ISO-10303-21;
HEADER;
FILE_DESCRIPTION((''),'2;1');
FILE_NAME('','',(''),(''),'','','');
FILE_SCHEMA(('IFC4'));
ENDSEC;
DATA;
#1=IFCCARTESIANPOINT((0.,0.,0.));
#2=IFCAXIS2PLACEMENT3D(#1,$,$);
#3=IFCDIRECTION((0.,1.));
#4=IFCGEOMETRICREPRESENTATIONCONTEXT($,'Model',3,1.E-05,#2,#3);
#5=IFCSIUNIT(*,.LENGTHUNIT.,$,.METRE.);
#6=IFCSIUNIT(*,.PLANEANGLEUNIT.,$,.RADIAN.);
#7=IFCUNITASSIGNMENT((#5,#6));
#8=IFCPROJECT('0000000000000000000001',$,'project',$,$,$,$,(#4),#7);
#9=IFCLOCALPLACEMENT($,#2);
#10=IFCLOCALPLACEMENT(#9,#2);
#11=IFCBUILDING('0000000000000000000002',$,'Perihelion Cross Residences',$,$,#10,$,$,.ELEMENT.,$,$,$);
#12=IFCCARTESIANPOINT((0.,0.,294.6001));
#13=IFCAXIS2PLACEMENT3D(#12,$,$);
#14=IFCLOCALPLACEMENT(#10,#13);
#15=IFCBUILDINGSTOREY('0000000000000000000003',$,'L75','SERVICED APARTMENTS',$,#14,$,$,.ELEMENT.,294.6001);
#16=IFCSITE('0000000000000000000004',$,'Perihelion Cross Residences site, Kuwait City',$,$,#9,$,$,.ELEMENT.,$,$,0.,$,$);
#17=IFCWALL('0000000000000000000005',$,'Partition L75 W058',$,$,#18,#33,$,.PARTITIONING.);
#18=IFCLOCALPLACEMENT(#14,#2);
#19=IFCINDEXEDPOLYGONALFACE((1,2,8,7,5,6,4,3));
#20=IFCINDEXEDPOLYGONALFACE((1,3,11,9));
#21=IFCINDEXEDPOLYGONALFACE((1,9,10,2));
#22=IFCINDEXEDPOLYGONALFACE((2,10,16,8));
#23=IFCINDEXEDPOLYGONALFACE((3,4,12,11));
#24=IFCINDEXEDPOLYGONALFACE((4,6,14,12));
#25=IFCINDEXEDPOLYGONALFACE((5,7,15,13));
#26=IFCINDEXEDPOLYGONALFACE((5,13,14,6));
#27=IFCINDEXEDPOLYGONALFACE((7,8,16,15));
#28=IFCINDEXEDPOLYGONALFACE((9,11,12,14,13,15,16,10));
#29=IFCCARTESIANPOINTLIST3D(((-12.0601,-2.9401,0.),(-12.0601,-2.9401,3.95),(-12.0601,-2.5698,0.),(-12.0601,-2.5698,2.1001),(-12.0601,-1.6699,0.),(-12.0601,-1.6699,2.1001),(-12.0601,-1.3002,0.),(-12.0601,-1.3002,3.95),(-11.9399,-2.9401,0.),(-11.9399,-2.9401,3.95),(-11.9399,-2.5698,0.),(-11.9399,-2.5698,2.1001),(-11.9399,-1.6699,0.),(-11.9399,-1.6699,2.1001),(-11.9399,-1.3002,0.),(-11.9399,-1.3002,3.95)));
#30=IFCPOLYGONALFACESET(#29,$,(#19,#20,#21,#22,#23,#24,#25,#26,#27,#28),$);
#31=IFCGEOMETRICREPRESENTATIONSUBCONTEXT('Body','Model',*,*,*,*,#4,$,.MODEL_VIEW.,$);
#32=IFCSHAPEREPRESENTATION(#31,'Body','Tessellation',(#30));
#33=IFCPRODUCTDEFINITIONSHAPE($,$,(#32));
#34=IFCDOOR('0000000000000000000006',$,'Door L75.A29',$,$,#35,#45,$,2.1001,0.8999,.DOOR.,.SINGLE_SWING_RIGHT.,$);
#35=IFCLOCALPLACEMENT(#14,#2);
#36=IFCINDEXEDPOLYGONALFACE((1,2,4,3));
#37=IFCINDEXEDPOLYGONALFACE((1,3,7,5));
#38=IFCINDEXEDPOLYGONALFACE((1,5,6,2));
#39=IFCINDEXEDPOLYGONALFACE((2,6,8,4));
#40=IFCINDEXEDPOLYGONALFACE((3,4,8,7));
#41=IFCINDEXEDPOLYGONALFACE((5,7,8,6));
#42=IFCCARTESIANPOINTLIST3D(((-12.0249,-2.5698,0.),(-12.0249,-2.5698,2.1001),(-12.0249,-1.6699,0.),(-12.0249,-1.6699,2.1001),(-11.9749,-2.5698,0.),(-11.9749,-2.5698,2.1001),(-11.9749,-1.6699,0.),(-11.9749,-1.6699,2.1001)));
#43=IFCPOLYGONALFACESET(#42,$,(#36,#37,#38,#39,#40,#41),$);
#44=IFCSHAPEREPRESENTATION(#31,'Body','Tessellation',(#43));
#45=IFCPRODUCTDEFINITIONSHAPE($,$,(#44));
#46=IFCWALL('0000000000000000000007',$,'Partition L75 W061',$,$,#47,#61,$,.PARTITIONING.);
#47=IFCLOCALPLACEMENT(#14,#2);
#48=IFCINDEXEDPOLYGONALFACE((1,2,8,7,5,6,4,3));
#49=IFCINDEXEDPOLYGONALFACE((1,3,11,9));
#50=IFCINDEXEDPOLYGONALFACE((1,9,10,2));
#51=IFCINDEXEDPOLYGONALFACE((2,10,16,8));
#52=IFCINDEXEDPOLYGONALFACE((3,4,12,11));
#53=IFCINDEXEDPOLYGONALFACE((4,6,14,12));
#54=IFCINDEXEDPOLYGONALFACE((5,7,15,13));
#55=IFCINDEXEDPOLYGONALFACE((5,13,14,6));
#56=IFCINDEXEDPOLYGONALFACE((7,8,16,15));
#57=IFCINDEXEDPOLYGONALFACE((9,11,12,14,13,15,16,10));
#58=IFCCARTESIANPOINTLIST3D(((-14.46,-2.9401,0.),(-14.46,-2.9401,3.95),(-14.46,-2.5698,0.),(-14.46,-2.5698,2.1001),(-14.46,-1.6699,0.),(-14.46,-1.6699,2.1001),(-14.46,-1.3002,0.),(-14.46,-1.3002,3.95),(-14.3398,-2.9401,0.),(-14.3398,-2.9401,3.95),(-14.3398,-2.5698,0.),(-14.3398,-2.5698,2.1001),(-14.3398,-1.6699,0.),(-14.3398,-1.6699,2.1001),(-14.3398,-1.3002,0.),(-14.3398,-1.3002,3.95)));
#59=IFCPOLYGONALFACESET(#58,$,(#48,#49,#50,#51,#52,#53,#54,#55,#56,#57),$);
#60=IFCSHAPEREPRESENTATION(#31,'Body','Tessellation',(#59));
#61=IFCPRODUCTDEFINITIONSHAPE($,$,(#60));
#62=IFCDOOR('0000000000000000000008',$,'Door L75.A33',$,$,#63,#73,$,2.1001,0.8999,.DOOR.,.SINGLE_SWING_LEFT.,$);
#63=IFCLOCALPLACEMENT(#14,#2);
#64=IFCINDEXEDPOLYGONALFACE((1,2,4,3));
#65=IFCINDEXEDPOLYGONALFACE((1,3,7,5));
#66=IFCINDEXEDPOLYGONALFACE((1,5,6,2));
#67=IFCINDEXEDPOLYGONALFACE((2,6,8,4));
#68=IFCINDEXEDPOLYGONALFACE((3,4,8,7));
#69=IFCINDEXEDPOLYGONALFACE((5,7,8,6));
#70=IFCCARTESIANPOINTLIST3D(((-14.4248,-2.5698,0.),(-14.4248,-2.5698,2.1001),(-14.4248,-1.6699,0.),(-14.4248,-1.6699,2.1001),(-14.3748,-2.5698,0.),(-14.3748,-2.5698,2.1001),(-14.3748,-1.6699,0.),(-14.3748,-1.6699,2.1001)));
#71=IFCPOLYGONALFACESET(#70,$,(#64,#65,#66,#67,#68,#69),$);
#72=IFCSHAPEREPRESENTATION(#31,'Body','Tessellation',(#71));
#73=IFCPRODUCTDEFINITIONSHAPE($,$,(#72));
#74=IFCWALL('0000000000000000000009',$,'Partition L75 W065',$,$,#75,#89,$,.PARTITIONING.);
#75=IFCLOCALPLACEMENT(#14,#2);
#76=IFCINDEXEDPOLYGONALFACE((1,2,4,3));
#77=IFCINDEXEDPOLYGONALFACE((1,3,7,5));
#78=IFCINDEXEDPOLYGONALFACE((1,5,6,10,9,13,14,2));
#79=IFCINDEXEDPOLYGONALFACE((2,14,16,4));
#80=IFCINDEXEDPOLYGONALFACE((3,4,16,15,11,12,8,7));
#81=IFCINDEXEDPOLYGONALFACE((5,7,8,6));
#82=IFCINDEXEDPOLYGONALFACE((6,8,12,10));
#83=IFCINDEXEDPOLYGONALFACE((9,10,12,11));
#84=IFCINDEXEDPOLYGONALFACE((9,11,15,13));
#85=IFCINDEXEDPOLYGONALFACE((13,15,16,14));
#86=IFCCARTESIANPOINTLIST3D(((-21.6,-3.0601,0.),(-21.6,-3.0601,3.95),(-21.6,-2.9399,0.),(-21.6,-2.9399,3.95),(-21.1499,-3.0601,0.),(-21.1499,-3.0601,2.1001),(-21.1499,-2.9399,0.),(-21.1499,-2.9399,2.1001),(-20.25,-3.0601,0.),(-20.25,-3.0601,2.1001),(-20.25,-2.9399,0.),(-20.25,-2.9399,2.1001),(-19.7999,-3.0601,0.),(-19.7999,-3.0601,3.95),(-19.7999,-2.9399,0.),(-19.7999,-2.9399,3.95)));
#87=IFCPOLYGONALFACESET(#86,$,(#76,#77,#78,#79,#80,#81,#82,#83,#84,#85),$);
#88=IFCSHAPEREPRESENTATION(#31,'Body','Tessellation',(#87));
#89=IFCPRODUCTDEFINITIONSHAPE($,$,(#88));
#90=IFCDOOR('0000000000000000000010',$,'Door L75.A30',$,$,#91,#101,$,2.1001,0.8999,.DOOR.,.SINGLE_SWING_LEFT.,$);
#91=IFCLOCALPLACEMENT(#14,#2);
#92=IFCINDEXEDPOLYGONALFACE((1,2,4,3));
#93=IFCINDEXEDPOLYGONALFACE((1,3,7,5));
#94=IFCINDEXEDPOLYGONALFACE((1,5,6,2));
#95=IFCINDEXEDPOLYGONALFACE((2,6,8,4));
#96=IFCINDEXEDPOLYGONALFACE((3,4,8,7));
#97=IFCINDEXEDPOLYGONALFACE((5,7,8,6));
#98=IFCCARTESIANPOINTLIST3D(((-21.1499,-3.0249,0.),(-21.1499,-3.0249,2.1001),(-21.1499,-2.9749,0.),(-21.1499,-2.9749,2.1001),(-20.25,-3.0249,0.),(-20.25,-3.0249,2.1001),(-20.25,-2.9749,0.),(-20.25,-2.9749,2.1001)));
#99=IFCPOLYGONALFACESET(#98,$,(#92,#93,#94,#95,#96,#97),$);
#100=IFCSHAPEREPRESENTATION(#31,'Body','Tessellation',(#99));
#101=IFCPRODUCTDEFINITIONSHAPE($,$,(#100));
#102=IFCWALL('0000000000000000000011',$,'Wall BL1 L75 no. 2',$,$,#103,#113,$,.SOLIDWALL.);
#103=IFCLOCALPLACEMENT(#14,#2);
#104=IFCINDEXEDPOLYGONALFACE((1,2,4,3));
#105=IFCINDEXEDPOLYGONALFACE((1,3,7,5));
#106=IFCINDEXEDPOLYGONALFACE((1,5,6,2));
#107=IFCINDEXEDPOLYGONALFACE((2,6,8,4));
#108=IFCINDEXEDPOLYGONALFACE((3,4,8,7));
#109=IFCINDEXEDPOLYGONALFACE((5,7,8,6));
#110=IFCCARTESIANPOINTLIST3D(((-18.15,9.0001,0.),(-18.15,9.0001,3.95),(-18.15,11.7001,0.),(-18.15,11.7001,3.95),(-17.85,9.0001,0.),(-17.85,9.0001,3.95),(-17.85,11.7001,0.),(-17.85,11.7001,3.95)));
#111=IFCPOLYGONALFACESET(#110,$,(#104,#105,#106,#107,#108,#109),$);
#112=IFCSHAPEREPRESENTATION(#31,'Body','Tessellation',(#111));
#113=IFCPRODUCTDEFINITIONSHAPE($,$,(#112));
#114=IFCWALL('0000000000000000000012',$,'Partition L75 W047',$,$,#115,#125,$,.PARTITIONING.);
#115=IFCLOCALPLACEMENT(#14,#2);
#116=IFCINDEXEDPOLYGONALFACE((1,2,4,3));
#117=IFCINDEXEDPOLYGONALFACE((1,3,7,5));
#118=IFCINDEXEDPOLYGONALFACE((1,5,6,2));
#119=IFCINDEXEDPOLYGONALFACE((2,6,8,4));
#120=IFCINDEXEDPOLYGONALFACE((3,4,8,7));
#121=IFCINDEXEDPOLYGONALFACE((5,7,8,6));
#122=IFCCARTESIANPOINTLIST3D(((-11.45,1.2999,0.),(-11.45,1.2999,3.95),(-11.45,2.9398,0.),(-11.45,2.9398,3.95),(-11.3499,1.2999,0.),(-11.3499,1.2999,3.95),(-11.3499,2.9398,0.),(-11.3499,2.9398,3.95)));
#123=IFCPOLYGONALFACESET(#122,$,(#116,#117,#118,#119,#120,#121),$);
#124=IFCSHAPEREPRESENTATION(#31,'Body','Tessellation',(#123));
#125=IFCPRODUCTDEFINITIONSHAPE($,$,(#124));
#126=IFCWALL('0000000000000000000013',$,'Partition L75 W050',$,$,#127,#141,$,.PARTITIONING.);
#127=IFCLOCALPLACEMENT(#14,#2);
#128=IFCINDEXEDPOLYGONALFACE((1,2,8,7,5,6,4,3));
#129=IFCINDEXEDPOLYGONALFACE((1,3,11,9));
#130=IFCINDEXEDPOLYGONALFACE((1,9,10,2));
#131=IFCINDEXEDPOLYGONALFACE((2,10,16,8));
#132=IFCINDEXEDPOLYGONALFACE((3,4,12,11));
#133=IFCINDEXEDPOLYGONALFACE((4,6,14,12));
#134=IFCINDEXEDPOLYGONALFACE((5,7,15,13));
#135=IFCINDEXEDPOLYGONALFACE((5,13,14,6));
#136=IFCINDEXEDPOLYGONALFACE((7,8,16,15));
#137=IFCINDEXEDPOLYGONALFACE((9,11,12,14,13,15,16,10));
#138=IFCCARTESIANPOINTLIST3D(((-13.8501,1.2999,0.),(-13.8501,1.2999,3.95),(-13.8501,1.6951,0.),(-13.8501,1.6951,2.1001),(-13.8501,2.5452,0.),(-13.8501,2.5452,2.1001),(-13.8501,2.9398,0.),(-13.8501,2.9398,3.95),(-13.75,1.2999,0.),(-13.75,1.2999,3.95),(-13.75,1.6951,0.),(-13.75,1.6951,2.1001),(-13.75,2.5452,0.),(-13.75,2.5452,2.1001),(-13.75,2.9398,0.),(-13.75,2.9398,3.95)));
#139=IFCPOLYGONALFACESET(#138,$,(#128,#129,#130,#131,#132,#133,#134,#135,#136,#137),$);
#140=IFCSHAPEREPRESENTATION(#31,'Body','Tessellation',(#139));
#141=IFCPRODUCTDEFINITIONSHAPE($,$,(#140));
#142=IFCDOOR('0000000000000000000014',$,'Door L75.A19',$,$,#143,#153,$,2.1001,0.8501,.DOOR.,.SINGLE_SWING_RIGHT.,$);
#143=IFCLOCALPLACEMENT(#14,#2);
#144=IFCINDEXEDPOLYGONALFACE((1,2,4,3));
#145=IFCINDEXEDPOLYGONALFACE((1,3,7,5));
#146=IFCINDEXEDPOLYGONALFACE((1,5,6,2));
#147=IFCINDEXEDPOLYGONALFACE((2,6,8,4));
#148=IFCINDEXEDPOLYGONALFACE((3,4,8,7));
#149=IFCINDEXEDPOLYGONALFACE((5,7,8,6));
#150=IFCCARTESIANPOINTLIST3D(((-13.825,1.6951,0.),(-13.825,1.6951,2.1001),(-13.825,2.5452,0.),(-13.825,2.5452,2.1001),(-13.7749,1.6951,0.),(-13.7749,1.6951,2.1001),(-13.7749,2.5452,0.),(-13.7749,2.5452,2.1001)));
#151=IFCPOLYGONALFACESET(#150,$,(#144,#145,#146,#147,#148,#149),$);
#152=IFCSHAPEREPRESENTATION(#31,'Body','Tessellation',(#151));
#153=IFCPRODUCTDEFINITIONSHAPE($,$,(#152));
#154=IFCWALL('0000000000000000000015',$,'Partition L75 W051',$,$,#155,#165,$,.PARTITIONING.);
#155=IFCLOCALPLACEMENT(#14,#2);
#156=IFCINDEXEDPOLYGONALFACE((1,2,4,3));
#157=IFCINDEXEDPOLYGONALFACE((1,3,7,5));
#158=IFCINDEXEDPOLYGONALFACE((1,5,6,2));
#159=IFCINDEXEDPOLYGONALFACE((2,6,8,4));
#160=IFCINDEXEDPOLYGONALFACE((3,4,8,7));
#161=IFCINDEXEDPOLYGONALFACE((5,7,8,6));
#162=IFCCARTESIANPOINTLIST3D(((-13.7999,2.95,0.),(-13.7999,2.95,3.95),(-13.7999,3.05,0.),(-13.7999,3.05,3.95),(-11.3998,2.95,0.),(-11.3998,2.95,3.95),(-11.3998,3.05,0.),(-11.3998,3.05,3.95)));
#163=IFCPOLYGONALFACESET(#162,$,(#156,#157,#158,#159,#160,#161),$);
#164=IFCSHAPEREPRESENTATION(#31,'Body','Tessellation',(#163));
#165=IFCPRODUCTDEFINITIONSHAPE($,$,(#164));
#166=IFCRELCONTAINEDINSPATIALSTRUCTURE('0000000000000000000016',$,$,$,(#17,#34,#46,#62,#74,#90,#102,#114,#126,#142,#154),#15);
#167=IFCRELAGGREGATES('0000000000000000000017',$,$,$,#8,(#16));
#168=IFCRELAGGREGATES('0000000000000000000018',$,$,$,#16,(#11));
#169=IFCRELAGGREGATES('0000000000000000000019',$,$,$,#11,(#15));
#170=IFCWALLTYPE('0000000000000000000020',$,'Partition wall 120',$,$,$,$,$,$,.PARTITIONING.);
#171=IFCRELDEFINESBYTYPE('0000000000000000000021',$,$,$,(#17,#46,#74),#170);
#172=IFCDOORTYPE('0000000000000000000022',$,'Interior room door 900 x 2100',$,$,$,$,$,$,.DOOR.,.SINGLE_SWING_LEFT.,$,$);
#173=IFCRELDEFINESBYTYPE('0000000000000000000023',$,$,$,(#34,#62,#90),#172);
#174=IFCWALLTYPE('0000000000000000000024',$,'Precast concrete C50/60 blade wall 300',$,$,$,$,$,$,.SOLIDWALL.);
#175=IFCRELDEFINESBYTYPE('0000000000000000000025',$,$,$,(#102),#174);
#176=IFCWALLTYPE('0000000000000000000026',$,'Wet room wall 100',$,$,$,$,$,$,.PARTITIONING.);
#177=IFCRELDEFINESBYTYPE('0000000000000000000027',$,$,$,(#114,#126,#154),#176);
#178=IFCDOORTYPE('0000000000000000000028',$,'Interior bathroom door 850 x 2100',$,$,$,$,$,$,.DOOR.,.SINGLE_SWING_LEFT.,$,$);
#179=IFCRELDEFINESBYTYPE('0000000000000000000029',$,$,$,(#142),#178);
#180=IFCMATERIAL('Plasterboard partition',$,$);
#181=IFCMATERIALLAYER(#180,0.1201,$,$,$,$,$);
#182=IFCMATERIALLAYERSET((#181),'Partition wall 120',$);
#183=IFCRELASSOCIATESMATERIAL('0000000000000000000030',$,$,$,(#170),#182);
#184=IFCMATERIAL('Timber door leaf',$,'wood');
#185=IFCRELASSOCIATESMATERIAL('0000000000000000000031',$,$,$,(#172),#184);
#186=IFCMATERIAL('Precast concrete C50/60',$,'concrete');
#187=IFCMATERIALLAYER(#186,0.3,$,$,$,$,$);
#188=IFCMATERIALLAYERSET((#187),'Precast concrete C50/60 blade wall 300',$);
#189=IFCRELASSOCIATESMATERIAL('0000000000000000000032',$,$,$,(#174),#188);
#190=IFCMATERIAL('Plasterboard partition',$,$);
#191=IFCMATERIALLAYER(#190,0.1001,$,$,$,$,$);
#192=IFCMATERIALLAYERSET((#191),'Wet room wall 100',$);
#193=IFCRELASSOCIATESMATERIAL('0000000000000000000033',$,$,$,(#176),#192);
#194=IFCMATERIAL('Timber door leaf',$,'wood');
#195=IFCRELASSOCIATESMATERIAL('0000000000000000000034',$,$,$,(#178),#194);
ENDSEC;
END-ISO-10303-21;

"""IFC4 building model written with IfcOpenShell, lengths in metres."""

from ifc_helpers import new_model, si_unit, direction, frame, frame_2d, origin, place, context, subcontext, project, spatial, rectangle, extrude, material, layer, layer_set, type_object, element, fill, save


model = new_model("IFC4")

# Units and contexts
model_context = context("Model", 3, precision=1e-05, world=origin(), true_north=direction((0.0, 1.0)))
body_context = subcontext(model_context, "Body", "Model", "MODEL_VIEW")
ifc_project = project(units=[si_unit("LENGTHUNIT", "METRE"), si_unit("PLANEANGLEUNIT", "RADIAN")], contexts=[model_context])

# Site, building, storey
site_placement = place(None, origin())
site = spatial("IfcSite", under=ifc_project, at=site_placement, Name="Perihelion Cross Residences site, Kuwait City", CompositionType="ELEMENT", RefElevation=0.0)
building_placement = place(site_placement, origin())
building = spatial("IfcBuilding", under=site, at=building_placement, Name="Perihelion Cross Residences", CompositionType="ELEMENT")
storey_placement = place(building_placement, frame((0.0, 0.0, 294.6001)))
storey = spatial("IfcBuildingStorey", under=building, at=storey_placement, Name="L75", Description="SERVICED APARTMENTS", CompositionType="ELEMENT", Elevation=294.6001)

# Shared definitions
ifc_material_1 = material(Name="Plasterboard partition")
ifc_layer_1 = layer(ifc_material_1, 0.1201)
ifc_layer_set_1 = layer_set([ifc_layer_1], Name="Partition wall 120")
wall_type_1 = type_object("IfcWallType", Name="Partition wall 120", PredefinedType="PARTITIONING", material=ifc_layer_set_1)
ifc_material_2 = material(Name="Timber door leaf", Category="wood")
door_type_1 = type_object("IfcDoorType", Name="Interior room door 900 x 2100", OperationType="SINGLE_SWING_LEFT", PredefinedType="DOOR", material=ifc_material_2)

# Walls, openings, doors
wall_1_placement = place(storey_placement, frame((-12.0, -2.9399, 0.0), z_axis=(0.0, 0.0, 1.0), x_axis=(0.0, 1.0, 0.0)))
wall_1 = element("IfcWall", 1, at=wall_1_placement, inside=storey, type_object=wall_type_1, Name="Partition L75 W058", PredefinedType="PARTITIONING", context=body_context, shape_type="SweptSolid", body=[
    extrude(rectangle(XDim=1.6399, YDim=0.1201, at=frame_2d((0.8198, 0.0))), origin(), (0.0, 0.0, 1.0), 3.95),
])
opening_1_placement = place(wall_1_placement, frame((0.3701, 0.0, 0.0)))
opening_1 = element("IfcOpeningElement", 2, at=opening_1_placement, cuts=wall_1, PredefinedType="OPENING", context=body_context, shape_type="SweptSolid", body=[
    extrude(rectangle(XDim=0.8999, YDim=2.1001, at=frame_2d((0.45, 1.05))), frame((0.0, 0.0701, 0.0), z_axis=(0.0, -1.0, 0.0), x_axis=(1.0, 0.0, 0.0)), (0.0, 0.0, 1.0), 0.1401),
])
door_1_placement = place(opening_1_placement, origin())
door_1 = element("IfcDoor", 3, at=door_1_placement, inside=storey, type_object=door_type_1, Name="Door L75.A29", OperationType="SINGLE_SWING_RIGHT", OverallHeight=2.1001, OverallWidth=0.8999, PredefinedType="DOOR", context=body_context, shape_type="SweptSolid", body=[
    extrude(rectangle(XDim=0.8999, YDim=2.1001, at=frame_2d((0.45, 1.05))), frame((0.0, 0.0249, 0.0), z_axis=(0.0, -1.0, 0.0), x_axis=(1.0, 0.0, 0.0)), (0.0, 0.0, 1.0), 0.05),
])
fill(opening_1, door_1)
wall_2_placement = place(storey_placement, frame((-14.3999, -2.9399, 0.0), z_axis=(0.0, 0.0, 1.0), x_axis=(0.0, 1.0, 0.0)))
wall_2 = element("IfcWall", 4, at=wall_2_placement, inside=storey, type_object=wall_type_1, Name="Partition L75 W061", PredefinedType="PARTITIONING", context=body_context, shape_type="SweptSolid", body=[
    extrude(rectangle(XDim=1.6399, YDim=0.1201, at=frame_2d((0.8198, 0.0))), origin(), (0.0, 0.0, 1.0), 3.95),
])
opening_2_placement = place(wall_2_placement, frame((0.3701, 0.0, 0.0)))
opening_2 = element("IfcOpeningElement", 5, at=opening_2_placement, cuts=wall_2, PredefinedType="OPENING", context=body_context, shape_type="SweptSolid", body=[
    extrude(rectangle(XDim=0.8999, YDim=2.1001, at=frame_2d((0.45, 1.05))), frame((0.0, 0.0701, 0.0), z_axis=(0.0, -1.0, 0.0), x_axis=(1.0, 0.0, 0.0)), (0.0, 0.0, 1.0), 0.1401),
])
door_2_placement = place(opening_2_placement, origin())
door_2 = element("IfcDoor", 6, at=door_2_placement, inside=storey, type_object=door_type_1, Name="Door L75.A33", OperationType="SINGLE_SWING_LEFT", OverallHeight=2.1001, OverallWidth=0.8999, PredefinedType="DOOR", context=body_context, shape_type="SweptSolid", body=[
    extrude(rectangle(XDim=0.8999, YDim=2.1001, at=frame_2d((0.45, 1.05))), frame((0.0, 0.0249, 0.0), z_axis=(0.0, -1.0, 0.0), x_axis=(1.0, 0.0, 0.0)), (0.0, 0.0, 1.0), 0.05),
])
fill(opening_2, door_2)
wall_3_placement = place(storey_placement, frame((-19.8, -3.0, 0.0), z_axis=(0.0, 0.0, 1.0), x_axis=(-1.0, 0.0, 0.0)))
wall_3 = element("IfcWall", 7, at=wall_3_placement, inside=storey, type_object=wall_type_1, Name="Partition L75 W065", PredefinedType="PARTITIONING", context=body_context, shape_type="SweptSolid", body=[
    extrude(rectangle(XDim=1.8, YDim=0.1201, at=frame_2d((0.8999, 0.0))), origin(), (0.0, 0.0, 1.0), 3.95),
])
opening_3_placement = place(wall_3_placement, frame((0.45, 0.0, 0.0)))
opening_3 = element("IfcOpeningElement", 8, at=opening_3_placement, cuts=wall_3, PredefinedType="OPENING", context=body_context, shape_type="SweptSolid", body=[
    extrude(rectangle(XDim=0.8999, YDim=2.1001, at=frame_2d((0.45, 1.05))), frame((0.0, 0.0701, 0.0), z_axis=(0.0, -1.0, 0.0), x_axis=(1.0, 0.0, 0.0)), (0.0, 0.0, 1.0), 0.1401),
])
door_3_placement = place(opening_3_placement, origin())
door_3 = element("IfcDoor", 9, at=door_3_placement, inside=storey, type_object=door_type_1, Name="Door L75.A30", OperationType="SINGLE_SWING_LEFT", OverallHeight=2.1001, OverallWidth=0.8999, PredefinedType="DOOR", context=body_context, shape_type="SweptSolid", body=[
    extrude(rectangle(XDim=0.8999, YDim=2.1001, at=frame_2d((0.45, 1.05))), frame((0.0, 0.0249, 0.0), z_axis=(0.0, -1.0, 0.0), x_axis=(1.0, 0.0, 0.0)), (0.0, 0.0, 1.0), 0.05),
])
fill(opening_3, door_3)

# Walls
ifc_material_3 = material(Name="Precast concrete C50/60", Category="concrete")
ifc_layer_2 = layer(ifc_material_3, 0.3)
ifc_layer_set_2 = layer_set([ifc_layer_2], Name="Precast concrete C50/60 blade wall 300")
wall_type_2 = type_object("IfcWallType", Name="Precast concrete C50/60 blade wall 300", PredefinedType="SOLIDWALL", material=ifc_layer_set_2)
wall_4_placement = place(storey_placement, frame((-18.0, 9.0, 0.0), z_axis=(0.0, 0.0, 1.0), x_axis=(0.0, 1.0, 0.0)))
element("IfcWall", 10, at=wall_4_placement, inside=storey, type_object=wall_type_2, Name="Wall BL1 L75 no. 2", PredefinedType="SOLIDWALL", context=body_context, shape_type="SweptSolid", body=[
    extrude(rectangle(XDim=2.7, YDim=0.3, at=frame_2d((1.3501, 0.0))), origin(), (0.0, 0.0, 1.0), 3.95),
])
ifc_material_4 = material(Name="Plasterboard partition")
ifc_layer_3 = layer(ifc_material_4, 0.1001)
ifc_layer_set_3 = layer_set([ifc_layer_3], Name="Wet room wall 100")
wall_type_3 = type_object("IfcWallType", Name="Wet room wall 100", PredefinedType="PARTITIONING", material=ifc_layer_set_3)
wall_5_placement = place(storey_placement, frame((-11.3999, 1.3, 0.0), z_axis=(0.0, 0.0, 1.0), x_axis=(0.0, 1.0, 0.0)))
element("IfcWall", 11, at=wall_5_placement, inside=storey, type_object=wall_type_3, Name="Partition L75 W047", PredefinedType="PARTITIONING", context=body_context, shape_type="SweptSolid", body=[
    extrude(rectangle(XDim=1.6399, YDim=0.1001, at=frame_2d((0.8198, 0.0))), origin(), (0.0, 0.0, 1.0), 3.95),
])

# Wall, opening, door
wall_6_placement = place(storey_placement, frame((-13.8, 1.3, 0.0), z_axis=(0.0, 0.0, 1.0), x_axis=(0.0, 1.0, 0.0)))
wall_6 = element("IfcWall", 12, at=wall_6_placement, inside=storey, type_object=wall_type_3, Name="Partition L75 W050", PredefinedType="PARTITIONING", context=body_context, shape_type="SweptSolid", body=[
    extrude(rectangle(XDim=1.6399, YDim=0.1001, at=frame_2d((0.8198, 0.0))), origin(), (0.0, 0.0, 1.0), 3.95),
])
opening_4_placement = place(wall_6_placement, frame((0.395, 0.0, 0.0)))
opening_4 = element("IfcOpeningElement", 13, at=opening_4_placement, cuts=wall_6, PredefinedType="OPENING", context=body_context, shape_type="SweptSolid", body=[
    extrude(rectangle(XDim=0.8501, YDim=2.1001, at=frame_2d((0.425, 1.05))), frame((0.0, 0.0601, 0.0), z_axis=(0.0, -1.0, 0.0), x_axis=(1.0, 0.0, 0.0)), (0.0, 0.0, 1.0), 0.1201),
])
ifc_material_5 = material(Name="Timber door leaf", Category="wood")
door_type_2 = type_object("IfcDoorType", Name="Interior bathroom door 850 x 2100", OperationType="SINGLE_SWING_LEFT", PredefinedType="DOOR", material=ifc_material_5)
door_4_placement = place(opening_4_placement, origin())
door_4 = element("IfcDoor", 14, at=door_4_placement, inside=storey, type_object=door_type_2, Name="Door L75.A19", OperationType="SINGLE_SWING_RIGHT", OverallHeight=2.1001, OverallWidth=0.8501, PredefinedType="DOOR", context=body_context, shape_type="SweptSolid", body=[
    extrude(rectangle(XDim=0.8501, YDim=2.1001, at=frame_2d((0.425, 1.05))), frame((0.0, 0.0249, 0.0), z_axis=(0.0, -1.0, 0.0), x_axis=(1.0, 0.0, 0.0)), (0.0, 0.0, 1.0), 0.05),
])
fill(opening_4, door_4)

# Wall
wall_7_placement = place(storey_placement, frame((-13.8, 3.0, 0.0), z_axis=(0.0, 0.0, 1.0), x_axis=(1.0, 0.0, 0.0)))
element("IfcWall", 15, at=wall_7_placement, inside=storey, type_object=wall_type_3, Name="Partition L75 W051", PredefinedType="PARTITIONING", context=body_context, shape_type="SweptSolid", body=[
    extrude(rectangle(XDim=2.4001, YDim=0.1001, at=frame_2d((1.2002, 0.0))), origin(), (0.0, 0.0, 1.0), 3.95),
])

save(model, "model.ifc")
